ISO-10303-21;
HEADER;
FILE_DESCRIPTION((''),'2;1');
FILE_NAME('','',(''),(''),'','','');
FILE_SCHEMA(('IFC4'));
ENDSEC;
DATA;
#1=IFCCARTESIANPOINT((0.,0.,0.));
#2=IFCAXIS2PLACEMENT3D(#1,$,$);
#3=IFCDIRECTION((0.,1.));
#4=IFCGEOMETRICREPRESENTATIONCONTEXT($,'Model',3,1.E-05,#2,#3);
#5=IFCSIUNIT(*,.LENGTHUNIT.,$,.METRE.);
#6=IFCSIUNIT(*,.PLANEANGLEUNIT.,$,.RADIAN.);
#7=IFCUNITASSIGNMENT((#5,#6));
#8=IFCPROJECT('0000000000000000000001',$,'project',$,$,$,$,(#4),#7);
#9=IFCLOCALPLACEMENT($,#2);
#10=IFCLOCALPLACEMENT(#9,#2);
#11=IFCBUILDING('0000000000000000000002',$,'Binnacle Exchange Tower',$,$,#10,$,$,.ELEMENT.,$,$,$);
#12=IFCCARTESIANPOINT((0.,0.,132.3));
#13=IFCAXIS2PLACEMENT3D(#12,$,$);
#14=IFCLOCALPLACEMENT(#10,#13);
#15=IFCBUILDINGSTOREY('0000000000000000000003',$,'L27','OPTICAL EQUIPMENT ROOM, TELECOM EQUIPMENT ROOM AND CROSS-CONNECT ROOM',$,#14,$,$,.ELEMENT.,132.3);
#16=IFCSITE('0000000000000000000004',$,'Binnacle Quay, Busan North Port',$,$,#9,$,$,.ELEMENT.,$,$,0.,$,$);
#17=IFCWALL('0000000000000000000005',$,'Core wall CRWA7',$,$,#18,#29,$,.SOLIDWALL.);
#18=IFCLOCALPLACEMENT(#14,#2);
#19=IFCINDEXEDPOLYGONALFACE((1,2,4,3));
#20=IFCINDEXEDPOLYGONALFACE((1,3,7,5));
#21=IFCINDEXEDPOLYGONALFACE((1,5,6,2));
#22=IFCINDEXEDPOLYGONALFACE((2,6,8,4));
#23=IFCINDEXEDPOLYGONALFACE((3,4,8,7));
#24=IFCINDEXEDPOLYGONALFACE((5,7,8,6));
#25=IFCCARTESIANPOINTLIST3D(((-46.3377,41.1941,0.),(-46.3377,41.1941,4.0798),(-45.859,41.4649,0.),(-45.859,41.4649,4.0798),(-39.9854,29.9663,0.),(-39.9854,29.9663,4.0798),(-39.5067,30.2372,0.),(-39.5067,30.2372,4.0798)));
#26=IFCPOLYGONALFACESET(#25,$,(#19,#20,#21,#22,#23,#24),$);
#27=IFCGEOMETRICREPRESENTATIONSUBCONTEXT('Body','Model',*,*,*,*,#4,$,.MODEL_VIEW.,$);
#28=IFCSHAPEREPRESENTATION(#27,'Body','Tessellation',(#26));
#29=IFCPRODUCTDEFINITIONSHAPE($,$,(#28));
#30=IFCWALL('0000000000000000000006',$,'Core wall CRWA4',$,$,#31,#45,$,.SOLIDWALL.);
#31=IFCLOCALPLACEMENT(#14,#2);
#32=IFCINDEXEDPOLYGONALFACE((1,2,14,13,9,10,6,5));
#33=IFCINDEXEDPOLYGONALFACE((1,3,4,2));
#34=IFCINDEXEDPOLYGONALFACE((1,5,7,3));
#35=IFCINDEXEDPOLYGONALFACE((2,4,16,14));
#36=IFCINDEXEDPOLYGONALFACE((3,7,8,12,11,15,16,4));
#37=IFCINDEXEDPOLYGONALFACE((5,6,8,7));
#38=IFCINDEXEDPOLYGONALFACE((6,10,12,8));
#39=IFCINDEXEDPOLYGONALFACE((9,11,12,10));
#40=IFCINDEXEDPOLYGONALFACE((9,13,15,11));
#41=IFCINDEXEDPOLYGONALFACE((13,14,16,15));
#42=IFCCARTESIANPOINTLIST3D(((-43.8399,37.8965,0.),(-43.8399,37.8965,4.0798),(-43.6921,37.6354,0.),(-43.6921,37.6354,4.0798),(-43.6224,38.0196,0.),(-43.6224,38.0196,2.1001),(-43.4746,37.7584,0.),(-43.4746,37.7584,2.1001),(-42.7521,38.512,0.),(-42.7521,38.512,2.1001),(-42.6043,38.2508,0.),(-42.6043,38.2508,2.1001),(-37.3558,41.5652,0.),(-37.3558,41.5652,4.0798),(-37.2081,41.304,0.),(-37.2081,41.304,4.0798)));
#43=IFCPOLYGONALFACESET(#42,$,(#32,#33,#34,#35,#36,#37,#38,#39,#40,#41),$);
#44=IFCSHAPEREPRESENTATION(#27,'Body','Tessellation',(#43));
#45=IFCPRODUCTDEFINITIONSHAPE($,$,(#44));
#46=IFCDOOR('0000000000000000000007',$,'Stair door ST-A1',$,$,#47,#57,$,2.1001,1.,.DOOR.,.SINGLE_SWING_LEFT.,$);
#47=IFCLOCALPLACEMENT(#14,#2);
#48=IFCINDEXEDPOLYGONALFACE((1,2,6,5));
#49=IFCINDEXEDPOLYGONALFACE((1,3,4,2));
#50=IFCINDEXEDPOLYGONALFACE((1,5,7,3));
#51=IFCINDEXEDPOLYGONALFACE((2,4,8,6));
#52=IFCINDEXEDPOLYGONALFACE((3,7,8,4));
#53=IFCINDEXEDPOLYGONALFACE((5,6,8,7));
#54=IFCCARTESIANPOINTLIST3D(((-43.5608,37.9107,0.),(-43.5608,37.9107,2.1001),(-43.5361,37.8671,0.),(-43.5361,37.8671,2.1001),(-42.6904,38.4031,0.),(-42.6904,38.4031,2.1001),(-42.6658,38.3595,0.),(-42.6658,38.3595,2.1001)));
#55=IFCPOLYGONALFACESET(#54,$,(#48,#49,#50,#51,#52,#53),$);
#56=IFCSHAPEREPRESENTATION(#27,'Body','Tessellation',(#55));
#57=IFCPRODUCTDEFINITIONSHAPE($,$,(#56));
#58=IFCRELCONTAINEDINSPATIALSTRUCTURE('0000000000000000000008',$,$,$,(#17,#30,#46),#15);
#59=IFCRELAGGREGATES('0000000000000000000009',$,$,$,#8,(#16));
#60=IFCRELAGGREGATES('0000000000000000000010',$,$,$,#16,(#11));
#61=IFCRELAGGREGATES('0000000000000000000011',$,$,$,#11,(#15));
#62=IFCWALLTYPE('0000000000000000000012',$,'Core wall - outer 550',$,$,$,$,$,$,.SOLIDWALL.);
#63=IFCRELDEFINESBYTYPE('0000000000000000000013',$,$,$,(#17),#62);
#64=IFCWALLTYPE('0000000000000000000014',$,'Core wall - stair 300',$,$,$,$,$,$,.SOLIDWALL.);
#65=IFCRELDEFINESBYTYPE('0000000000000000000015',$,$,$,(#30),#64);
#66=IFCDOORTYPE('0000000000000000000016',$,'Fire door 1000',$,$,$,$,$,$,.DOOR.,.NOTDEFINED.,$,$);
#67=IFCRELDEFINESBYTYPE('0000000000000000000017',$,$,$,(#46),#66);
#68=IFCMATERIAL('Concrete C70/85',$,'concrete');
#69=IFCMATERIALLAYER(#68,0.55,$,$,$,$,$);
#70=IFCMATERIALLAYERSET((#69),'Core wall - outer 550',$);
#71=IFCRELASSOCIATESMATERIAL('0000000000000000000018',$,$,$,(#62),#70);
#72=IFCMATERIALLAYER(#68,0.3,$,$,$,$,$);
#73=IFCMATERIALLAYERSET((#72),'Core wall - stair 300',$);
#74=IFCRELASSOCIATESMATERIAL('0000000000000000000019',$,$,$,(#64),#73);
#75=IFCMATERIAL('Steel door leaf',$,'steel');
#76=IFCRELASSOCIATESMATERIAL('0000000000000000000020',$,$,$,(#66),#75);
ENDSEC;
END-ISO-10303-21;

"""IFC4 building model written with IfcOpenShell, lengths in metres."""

from ifc_helpers import new_model, si_unit, direction, frame, frame_2d, origin, place, context, subcontext, project, spatial, rectangle, extrude, material, layer, layer_set, type_object, element, fill, save


model = new_model("IFC4")

# Units and contexts
model_context = context("Model", 3, precision=1e-05, world=origin(), true_north=direction((0.0, 1.0)))
body_context = subcontext(model_context, "Body", "Model", "MODEL_VIEW")
ifc_project = project(units=[si_unit("LENGTHUNIT", "METRE"), si_unit("PLANEANGLEUNIT", "RADIAN")], contexts=[model_context])

# Site, building, storey
site_placement = place(None, origin())
site = spatial("IfcSite", under=ifc_project, at=site_placement, Name="Binnacle Quay, Busan North Port", CompositionType="ELEMENT", RefElevation=0.0)
building_placement = place(site_placement, origin())
building = spatial("IfcBuilding", under=site, at=building_placement, Name="Binnacle Exchange Tower", CompositionType="ELEMENT")
storey_placement = place(building_placement, frame((0.0, 0.0, 132.3)))
storey = spatial("IfcBuildingStorey", under=building, at=storey_placement, Name="L27", Description="OPTICAL EQUIPMENT ROOM, TELECOM EQUIPMENT ROOM AND CROSS-CONNECT ROOM", CompositionType="ELEMENT", Elevation=132.3)

# Shared definitions
ifc_material_1 = material(Name="Concrete C70/85", Category="concrete")

# Wall
ifc_layer_1 = layer(ifc_material_1, 0.55)
ifc_layer_set_1 = layer_set([ifc_layer_1], Name="Core wall - outer 550")
wall_type_1 = type_object("IfcWallType", Name="Core wall - outer 550", PredefinedType="SOLIDWALL", material=ifc_layer_set_1)
wall_1_placement = place(storey_placement, frame((-46.0984, 41.3296, 0.0), z_axis=(0.0, 0.0, 1.0), x_axis=(0.492419, -0.870358, 0.0)))
element("IfcWall", 1, at=wall_1_placement, inside=storey, type_object=wall_type_1, Name="Core wall CRWA7", PredefinedType="SOLIDWALL", context=body_context, shape_type="SweptSolid", body=[
    extrude(rectangle(XDim=12.9001, YDim=0.55, at=frame_2d((6.4502, 0.0))), origin(), (0.0, 0.0, 1.0), 4.0798),
])

# Wall, opening, door
ifc_layer_2 = layer(ifc_material_1, 0.3)
ifc_layer_set_2 = layer_set([ifc_layer_2], Name="Core wall - stair 300")
wall_type_2 = type_object("IfcWallType", Name="Core wall - stair 300", PredefinedType="SOLIDWALL", material=ifc_layer_set_2)
wall_2_placement = place(storey_placement, frame((-43.7661, 37.7659, 0.0), z_axis=(0.0, 0.0, 1.0), x_axis=(0.870347, 0.492439, 0.0)))
wall_2 = element("IfcWall", 2, at=wall_2_placement, inside=storey, type_object=wall_type_2, Name="Core wall CRWA4", PredefinedType="SOLIDWALL", context=body_context, shape_type="SweptSolid", body=[
    extrude(rectangle(XDim=7.45, YDim=0.3, at=frame_2d((3.7251, 0.0))), origin(), (0.0, 0.0, 1.0), 4.0798),
])
opening_1_placement = place(wall_2_placement, frame((0.25, 0.0, 0.0)))
opening_1 = element("IfcOpeningElement", 3, at=opening_1_placement, cuts=wall_2, PredefinedType="OPENING", context=body_context, shape_type="SweptSolid", body=[
    extrude(rectangle(XDim=1.0, YDim=2.1001, at=frame_2d((0.5, 1.05))), frame((0.0, 0.1599, 0.0), z_axis=(0.0, -1.0, 0.0), x_axis=(1.0, 0.0, 0.0)), (0.0, 0.0, 1.0), 0.3201),
])
ifc_material_2 = material(Name="Steel door leaf", Category="steel")
door_type = type_object("IfcDoorType", Name="Fire door 1000", OperationType="NOTDEFINED", PredefinedType="DOOR", material=ifc_material_2)
door_placement = place(opening_1_placement, origin())
door = element("IfcDoor", 4, at=door_placement, inside=storey, type_object=door_type, Name="Stair door ST-A1", OperationType="SINGLE_SWING_LEFT", OverallHeight=2.1001, OverallWidth=1.0, PredefinedType="DOOR", context=body_context, shape_type="SweptSolid", body=[
    extrude(rectangle(XDim=1.0, YDim=2.1001, at=frame_2d((0.5, 1.05))), frame((0.0, 0.0249, 0.0), z_axis=(0.0, -1.0, 0.0), x_axis=(1.0, 0.0, 0.0)), (0.0, 0.0, 1.0), 0.05),
])
fill(opening_1, door)

save(model, "model.ifc")
